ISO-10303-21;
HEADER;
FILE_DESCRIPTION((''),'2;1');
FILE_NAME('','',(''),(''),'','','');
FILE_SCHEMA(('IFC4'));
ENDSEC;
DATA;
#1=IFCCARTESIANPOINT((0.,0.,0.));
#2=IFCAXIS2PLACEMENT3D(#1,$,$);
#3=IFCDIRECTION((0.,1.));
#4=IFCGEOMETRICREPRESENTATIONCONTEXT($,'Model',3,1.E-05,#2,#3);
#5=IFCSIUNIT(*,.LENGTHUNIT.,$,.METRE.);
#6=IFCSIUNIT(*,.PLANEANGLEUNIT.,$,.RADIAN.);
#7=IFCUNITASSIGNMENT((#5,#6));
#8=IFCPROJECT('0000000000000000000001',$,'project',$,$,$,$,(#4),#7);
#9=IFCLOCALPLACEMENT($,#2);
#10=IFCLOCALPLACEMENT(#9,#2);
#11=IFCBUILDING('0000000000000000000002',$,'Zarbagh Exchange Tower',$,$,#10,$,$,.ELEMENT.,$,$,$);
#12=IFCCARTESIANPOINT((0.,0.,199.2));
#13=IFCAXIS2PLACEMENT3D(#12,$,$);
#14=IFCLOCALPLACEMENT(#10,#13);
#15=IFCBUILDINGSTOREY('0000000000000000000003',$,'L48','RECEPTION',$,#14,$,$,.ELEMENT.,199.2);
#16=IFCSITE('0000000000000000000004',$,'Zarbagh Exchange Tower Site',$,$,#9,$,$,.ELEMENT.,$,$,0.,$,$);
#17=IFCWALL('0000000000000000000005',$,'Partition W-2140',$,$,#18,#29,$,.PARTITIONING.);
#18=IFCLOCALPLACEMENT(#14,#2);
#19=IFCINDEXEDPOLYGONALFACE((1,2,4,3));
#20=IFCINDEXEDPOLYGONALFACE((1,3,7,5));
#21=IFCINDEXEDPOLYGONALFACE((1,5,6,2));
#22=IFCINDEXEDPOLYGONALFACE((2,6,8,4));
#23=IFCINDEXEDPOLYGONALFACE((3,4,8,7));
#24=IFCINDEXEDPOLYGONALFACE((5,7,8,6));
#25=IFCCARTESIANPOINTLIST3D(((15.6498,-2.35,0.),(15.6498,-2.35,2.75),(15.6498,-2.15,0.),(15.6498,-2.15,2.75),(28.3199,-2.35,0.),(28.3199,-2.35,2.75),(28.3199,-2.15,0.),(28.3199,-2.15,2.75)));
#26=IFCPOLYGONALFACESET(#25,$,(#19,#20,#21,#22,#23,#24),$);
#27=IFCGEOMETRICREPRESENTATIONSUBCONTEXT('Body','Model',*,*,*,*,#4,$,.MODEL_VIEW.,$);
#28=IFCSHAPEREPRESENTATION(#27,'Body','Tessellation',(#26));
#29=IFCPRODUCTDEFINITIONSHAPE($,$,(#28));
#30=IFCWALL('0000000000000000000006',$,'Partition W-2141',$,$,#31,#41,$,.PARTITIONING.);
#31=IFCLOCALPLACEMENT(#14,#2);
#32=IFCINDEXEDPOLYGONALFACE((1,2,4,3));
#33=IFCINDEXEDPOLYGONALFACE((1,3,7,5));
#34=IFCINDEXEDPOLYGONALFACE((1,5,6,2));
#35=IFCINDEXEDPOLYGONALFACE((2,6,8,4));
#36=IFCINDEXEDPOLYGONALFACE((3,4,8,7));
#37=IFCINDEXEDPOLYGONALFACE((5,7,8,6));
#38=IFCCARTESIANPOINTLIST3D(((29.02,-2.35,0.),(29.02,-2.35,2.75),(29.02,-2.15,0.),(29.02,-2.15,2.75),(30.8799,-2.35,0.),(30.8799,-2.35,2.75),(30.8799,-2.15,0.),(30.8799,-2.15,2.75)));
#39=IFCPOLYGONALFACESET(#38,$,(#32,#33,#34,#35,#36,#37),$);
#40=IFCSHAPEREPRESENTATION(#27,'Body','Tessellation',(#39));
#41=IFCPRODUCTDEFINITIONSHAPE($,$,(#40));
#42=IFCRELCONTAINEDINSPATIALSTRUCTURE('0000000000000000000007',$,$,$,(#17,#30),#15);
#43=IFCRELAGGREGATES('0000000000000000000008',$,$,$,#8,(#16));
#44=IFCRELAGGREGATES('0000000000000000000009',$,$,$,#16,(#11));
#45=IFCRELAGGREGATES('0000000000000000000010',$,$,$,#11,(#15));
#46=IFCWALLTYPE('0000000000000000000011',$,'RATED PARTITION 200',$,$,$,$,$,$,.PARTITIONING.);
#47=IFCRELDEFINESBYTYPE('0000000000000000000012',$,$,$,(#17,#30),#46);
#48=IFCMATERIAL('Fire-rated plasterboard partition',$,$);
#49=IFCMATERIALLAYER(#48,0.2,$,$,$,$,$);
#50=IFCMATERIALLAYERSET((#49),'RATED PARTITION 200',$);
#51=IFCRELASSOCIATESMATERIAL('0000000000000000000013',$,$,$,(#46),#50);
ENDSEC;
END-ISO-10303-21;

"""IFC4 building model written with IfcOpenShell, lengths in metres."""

from ifc_helpers import new_model, si_unit, direction, frame, frame_2d, origin, place, context, subcontext, project, spatial, rectangle, extrude, material, layer, layer_set, type_object, element, save


model = new_model("IFC4")

# Units and contexts
model_context = context("Model", 3, precision=1e-05, world=origin(), true_north=direction((0.0, 1.0)))
body_context = subcontext(model_context, "Body", "Model", "MODEL_VIEW")
ifc_project = project(units=[si_unit("LENGTHUNIT", "METRE"), si_unit("PLANEANGLEUNIT", "RADIAN")], contexts=[model_context])

# Site, building, storey
site_placement = place(None, origin())
site = spatial("IfcSite", under=ifc_project, at=site_placement, Name="Zarbagh Exchange Tower Site", CompositionType="ELEMENT", RefElevation=0.0)
building_placement = place(site_placement, origin())
building = spatial("IfcBuilding", under=site, at=building_placement, Name="Zarbagh Exchange Tower", CompositionType="ELEMENT")
storey_placement = place(building_placement, frame((0.0, 0.0, 199.2)))
storey = spatial("IfcBuildingStorey", under=building, at=storey_placement, Name="L48", Description="RECEPTION", CompositionType="ELEMENT", Elevation=199.2)

# Shared definitions
ifc_material_1 = material(Name="Fire-rated plasterboard partition")
ifc_layer = layer(ifc_material_1, 0.2)
ifc_layer_set = layer_set([ifc_layer], Name="RATED PARTITION 200")
wall_type = type_object("IfcWallType", Name="RATED PARTITION 200", PredefinedType="PARTITIONING", material=ifc_layer_set)

# Walls
wall_1_placement = place(storey_placement, frame((15.6499, -2.25, 0.0), z_axis=(0.0, 0.0, 1.0), x_axis=(1.0, 0.0, 0.0)))
element("IfcWall", 1, at=wall_1_placement, inside=storey, type_object=wall_type, Name="Partition W-2140", PredefinedType="PARTITIONING", context=body_context, shape_type="SweptSolid", body=[
    extrude(rectangle(XDim=12.6702, YDim=0.2, at=frame_2d((6.335, 0.0))), origin(), (0.0, 0.0, 1.0), 2.75),
])
wall_2_placement = place(storey_placement, frame((29.02, -2.25, 0.0), z_axis=(0.0, 0.0, 1.0), x_axis=(1.0, 0.0, 0.0)))
element("IfcWall", 2, at=wall_2_placement, inside=storey, type_object=wall_type, Name="Partition W-2141", PredefinedType="PARTITIONING", context=body_context, shape_type="SweptSolid", body=[
    extrude(rectangle(XDim=1.8599, YDim=0.2, at=frame_2d((0.9299, 0.0))), origin(), (0.0, 0.0, 1.0), 2.75),
])

save(model, "model.ifc")
